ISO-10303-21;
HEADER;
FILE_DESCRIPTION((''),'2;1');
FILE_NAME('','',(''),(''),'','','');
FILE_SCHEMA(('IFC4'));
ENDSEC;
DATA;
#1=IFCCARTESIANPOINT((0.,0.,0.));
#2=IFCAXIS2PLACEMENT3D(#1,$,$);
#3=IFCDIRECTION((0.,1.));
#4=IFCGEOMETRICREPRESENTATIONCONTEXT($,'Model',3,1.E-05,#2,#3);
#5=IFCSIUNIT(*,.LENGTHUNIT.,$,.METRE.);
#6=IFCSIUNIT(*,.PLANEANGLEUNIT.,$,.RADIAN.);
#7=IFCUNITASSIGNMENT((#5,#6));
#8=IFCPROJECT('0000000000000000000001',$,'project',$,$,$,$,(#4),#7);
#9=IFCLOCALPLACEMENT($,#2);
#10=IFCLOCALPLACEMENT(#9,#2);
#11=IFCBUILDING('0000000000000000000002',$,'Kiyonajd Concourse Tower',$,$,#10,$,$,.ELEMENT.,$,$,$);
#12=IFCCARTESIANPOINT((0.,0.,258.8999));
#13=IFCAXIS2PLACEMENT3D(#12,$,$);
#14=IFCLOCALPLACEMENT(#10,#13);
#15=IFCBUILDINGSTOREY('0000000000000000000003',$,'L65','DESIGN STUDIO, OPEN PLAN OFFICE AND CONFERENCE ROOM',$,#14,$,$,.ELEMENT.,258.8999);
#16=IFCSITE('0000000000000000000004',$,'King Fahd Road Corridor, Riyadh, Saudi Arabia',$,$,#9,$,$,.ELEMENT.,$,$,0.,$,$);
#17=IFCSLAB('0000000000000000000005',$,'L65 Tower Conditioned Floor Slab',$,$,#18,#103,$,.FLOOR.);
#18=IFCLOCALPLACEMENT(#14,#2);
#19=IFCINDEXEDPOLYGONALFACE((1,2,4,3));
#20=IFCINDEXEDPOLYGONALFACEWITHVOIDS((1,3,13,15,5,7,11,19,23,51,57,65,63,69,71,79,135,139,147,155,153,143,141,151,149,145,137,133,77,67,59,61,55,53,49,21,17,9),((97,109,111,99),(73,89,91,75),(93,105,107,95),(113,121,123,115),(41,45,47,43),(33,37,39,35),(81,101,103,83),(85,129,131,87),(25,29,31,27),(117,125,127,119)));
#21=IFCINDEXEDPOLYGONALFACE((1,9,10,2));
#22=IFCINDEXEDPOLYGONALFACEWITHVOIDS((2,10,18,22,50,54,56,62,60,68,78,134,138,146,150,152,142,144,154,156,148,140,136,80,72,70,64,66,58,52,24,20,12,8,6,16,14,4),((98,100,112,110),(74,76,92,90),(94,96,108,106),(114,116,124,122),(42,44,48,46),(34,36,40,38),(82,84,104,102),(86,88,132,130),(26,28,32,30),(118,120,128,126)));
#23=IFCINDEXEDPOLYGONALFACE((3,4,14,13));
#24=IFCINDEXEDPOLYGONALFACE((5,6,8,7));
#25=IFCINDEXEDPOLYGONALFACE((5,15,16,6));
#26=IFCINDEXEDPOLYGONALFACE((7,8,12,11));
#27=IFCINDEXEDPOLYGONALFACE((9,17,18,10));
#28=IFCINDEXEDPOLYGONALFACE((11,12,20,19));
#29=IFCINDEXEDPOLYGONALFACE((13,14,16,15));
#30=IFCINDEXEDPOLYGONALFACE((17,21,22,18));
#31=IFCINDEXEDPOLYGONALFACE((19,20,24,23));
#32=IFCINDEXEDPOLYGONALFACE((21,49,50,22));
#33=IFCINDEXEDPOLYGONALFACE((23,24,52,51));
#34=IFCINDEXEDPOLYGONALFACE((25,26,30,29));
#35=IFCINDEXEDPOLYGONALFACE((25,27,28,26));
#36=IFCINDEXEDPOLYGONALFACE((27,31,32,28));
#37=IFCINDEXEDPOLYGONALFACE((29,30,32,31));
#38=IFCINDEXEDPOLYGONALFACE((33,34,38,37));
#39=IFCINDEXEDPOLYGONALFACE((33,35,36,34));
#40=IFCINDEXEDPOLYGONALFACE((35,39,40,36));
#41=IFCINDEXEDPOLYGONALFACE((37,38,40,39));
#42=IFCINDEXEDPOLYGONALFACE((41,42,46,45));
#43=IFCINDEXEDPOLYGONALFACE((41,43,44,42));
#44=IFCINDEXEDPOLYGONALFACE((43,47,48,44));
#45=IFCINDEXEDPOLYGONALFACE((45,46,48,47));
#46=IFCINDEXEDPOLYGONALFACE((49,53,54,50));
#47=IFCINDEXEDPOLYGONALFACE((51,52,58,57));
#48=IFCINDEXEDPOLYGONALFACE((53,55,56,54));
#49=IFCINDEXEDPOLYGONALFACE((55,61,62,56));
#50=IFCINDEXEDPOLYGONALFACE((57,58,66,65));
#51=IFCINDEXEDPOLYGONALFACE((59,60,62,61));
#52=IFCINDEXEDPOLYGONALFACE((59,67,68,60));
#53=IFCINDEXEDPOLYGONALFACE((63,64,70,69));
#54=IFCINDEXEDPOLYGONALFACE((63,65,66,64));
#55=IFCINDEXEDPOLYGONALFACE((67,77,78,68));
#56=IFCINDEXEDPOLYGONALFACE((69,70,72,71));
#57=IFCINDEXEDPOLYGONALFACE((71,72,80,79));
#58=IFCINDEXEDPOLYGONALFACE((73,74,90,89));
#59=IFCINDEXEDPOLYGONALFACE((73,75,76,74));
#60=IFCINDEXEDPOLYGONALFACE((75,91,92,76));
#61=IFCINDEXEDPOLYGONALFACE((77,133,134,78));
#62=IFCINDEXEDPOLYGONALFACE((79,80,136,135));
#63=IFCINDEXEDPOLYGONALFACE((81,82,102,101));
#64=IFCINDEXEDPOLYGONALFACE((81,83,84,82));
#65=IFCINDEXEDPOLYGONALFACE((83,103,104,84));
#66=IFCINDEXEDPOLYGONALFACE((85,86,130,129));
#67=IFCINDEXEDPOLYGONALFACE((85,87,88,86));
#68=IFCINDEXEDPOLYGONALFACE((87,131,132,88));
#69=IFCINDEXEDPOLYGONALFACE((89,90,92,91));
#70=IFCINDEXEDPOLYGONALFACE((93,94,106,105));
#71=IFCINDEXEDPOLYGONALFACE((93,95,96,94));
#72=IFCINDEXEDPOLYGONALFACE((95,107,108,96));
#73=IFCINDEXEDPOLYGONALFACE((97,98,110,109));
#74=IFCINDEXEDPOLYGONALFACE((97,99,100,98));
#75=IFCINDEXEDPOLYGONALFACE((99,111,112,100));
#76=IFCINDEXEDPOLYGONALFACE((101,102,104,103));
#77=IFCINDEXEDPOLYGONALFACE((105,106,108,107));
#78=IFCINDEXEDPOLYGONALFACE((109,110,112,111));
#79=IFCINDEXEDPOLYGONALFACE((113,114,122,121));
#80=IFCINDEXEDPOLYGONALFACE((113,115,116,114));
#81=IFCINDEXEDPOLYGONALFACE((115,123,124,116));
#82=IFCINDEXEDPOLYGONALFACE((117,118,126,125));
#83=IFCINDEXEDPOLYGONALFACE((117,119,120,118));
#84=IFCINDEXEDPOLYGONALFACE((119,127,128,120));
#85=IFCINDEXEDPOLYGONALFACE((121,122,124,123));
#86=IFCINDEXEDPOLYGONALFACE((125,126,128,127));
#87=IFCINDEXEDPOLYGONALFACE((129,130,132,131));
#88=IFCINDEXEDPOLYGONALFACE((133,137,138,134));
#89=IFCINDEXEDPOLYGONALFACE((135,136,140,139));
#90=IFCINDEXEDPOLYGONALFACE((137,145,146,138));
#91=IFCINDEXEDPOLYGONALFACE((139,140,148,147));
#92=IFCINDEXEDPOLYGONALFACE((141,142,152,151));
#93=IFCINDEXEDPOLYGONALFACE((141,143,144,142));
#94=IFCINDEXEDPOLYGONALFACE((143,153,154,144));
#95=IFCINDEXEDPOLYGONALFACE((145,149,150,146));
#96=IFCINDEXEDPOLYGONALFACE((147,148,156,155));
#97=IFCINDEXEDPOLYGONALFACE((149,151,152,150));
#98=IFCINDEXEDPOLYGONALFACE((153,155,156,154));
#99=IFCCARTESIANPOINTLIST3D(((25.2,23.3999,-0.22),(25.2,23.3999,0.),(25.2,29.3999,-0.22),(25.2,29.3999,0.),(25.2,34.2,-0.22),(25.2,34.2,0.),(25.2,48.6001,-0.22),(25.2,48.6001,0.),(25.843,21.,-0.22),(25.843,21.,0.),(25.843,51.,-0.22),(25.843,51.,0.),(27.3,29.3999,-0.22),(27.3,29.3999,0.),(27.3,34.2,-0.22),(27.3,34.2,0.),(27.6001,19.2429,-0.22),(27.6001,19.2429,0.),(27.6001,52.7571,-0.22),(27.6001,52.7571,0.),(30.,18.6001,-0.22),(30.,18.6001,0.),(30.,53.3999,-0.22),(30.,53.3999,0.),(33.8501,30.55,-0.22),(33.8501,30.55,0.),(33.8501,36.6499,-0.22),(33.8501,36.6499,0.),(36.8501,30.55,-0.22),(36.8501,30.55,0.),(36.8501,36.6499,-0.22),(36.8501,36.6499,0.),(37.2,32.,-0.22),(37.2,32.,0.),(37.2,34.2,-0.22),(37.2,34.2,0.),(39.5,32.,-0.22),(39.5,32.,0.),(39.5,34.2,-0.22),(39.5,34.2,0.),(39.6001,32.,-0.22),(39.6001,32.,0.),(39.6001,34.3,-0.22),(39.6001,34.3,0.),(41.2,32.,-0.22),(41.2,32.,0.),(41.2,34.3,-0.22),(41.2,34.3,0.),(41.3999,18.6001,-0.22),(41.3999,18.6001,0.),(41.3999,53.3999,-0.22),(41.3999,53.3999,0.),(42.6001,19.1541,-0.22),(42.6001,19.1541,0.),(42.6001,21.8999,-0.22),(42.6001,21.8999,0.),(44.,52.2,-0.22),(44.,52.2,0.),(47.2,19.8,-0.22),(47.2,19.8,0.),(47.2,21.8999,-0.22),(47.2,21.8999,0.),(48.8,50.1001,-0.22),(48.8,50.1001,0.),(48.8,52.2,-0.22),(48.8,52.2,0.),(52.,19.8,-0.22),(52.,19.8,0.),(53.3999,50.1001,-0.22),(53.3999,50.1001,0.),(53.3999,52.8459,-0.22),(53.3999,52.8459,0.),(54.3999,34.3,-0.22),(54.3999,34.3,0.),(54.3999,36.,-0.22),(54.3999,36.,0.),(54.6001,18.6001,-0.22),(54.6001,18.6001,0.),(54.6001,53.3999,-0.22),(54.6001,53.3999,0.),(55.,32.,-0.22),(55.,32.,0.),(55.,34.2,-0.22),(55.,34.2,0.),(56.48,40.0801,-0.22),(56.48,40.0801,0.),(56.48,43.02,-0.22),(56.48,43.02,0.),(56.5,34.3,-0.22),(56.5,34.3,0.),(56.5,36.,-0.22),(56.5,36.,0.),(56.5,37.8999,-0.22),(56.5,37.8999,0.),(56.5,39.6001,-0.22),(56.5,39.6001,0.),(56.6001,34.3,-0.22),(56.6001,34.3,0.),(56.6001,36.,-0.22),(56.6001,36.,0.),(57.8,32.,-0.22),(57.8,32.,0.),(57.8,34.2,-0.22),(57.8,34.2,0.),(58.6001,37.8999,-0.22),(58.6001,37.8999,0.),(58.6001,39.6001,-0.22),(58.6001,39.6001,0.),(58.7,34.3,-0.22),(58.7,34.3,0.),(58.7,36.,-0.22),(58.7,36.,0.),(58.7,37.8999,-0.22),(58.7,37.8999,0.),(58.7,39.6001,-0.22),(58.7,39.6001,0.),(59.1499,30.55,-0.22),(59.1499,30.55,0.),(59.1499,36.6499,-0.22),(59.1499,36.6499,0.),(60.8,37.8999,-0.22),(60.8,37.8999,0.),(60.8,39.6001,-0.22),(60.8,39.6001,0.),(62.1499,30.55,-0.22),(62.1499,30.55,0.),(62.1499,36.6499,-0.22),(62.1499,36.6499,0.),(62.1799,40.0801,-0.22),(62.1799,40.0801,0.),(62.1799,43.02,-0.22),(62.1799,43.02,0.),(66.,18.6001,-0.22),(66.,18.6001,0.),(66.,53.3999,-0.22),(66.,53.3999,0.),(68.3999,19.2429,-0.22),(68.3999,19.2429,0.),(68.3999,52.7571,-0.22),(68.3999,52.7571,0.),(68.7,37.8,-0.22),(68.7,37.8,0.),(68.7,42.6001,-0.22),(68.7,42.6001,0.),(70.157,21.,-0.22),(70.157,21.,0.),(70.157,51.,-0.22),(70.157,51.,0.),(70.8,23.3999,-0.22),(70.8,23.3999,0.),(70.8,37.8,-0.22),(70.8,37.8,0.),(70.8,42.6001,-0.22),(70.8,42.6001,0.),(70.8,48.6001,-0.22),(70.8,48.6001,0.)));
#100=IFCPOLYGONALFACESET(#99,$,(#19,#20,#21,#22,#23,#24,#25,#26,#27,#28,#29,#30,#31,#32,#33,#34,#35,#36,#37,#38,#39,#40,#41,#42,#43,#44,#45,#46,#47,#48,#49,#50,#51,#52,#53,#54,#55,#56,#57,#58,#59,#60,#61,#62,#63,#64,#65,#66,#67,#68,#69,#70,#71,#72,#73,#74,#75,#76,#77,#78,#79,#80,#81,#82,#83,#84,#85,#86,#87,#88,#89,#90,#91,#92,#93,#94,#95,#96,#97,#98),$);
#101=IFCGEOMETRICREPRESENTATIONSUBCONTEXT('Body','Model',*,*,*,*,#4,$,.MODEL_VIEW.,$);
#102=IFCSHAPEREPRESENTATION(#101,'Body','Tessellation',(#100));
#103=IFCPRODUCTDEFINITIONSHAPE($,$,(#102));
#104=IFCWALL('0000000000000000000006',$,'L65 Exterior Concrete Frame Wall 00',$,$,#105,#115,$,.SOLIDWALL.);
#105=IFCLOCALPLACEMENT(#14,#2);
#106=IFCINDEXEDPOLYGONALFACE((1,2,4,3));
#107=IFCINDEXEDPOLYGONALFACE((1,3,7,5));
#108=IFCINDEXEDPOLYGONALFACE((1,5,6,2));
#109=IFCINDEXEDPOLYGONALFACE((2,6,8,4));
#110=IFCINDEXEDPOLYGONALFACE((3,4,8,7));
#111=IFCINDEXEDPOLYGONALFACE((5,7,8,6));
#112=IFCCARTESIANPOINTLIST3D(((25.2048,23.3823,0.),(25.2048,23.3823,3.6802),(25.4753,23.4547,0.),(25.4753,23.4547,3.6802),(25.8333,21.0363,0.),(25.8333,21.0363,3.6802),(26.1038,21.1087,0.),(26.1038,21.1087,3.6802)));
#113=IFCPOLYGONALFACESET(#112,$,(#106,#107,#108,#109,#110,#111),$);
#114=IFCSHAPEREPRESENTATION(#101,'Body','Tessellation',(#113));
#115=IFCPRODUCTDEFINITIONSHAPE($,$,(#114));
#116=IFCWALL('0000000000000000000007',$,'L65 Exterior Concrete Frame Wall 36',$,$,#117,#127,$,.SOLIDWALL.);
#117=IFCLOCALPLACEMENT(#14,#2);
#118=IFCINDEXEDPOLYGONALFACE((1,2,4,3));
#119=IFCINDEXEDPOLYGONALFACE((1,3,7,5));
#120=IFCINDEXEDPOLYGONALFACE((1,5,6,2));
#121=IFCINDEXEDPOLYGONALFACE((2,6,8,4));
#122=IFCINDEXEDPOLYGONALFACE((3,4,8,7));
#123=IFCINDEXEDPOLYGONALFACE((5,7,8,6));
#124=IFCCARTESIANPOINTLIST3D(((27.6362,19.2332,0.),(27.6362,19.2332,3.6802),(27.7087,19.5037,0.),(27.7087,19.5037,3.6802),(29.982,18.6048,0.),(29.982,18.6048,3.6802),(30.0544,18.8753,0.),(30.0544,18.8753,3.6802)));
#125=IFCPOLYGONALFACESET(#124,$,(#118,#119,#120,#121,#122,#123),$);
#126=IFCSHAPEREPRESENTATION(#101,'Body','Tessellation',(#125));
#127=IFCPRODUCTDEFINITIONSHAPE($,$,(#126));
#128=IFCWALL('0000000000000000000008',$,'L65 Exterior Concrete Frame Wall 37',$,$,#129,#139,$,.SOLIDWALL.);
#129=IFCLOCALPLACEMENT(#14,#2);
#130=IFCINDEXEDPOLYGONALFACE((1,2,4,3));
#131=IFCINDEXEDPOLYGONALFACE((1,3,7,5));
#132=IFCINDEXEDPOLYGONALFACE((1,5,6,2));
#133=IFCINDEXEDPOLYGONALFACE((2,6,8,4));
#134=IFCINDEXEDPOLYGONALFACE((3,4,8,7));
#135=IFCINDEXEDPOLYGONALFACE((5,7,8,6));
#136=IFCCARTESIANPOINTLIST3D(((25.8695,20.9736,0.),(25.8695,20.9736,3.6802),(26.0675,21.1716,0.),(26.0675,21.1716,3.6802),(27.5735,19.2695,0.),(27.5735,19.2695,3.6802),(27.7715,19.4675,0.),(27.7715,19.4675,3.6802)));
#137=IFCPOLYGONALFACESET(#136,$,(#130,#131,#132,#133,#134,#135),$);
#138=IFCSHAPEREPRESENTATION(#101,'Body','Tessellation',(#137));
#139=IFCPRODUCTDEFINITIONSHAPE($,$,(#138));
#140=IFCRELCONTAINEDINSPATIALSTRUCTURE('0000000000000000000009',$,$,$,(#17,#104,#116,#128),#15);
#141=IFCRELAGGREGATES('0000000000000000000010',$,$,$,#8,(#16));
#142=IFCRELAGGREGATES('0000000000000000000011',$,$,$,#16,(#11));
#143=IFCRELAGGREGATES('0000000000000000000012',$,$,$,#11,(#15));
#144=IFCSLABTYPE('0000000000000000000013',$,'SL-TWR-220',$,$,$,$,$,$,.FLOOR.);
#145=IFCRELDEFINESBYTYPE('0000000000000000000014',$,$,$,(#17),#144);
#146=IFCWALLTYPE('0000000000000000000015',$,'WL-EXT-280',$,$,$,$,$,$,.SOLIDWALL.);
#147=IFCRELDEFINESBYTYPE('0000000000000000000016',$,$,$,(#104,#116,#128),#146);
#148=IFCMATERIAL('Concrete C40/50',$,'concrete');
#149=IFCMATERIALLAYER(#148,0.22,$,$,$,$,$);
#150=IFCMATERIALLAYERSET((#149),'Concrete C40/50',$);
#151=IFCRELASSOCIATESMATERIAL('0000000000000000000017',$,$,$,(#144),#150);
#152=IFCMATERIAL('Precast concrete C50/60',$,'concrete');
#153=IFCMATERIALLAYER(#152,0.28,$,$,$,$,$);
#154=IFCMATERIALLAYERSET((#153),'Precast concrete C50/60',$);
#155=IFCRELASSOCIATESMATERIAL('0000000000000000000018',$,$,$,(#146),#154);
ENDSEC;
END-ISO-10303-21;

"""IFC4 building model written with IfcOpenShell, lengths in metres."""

from ifc_helpers import new_model, si_unit, direction, frame, frame_2d, origin, place, context, subcontext, project, spatial, polyline, rectangle, outline, extrude, material, layer, layer_set, type_object, element, save


model = new_model("IFC4")

# Units and contexts
model_context = context("Model", 3, precision=1e-05, world=origin(), true_north=direction((0.0, 1.0)))
body_context = subcontext(model_context, "Body", "Model", "MODEL_VIEW")
ifc_project = project(units=[si_unit("LENGTHUNIT", "METRE"), si_unit("PLANEANGLEUNIT", "RADIAN")], contexts=[model_context])

# Site, building, storey
site_placement = place(None, origin())
site = spatial("IfcSite", under=ifc_project, at=site_placement, Name="King Fahd Road Corridor, Riyadh, Saudi Arabia", CompositionType="ELEMENT", RefElevation=0.0)
building_placement = place(site_placement, origin())
building = spatial("IfcBuilding", under=site, at=building_placement, Name="Kiyonajd Concourse Tower", CompositionType="ELEMENT")
storey_placement = place(building_placement, frame((0.0, 0.0, 258.8999)))
storey = spatial("IfcBuildingStorey", under=building, at=storey_placement, Name="L65", Description="DESIGN STUDIO, OPEN PLAN OFFICE AND CONFERENCE ROOM", CompositionType="ELEMENT", Elevation=258.8999)

# Shared definitions
ifc_material_1 = material(Name="Concrete C40/50", Category="concrete")

# Slab
ifc_material_2 = material(Name="Precast concrete C50/60", Category="concrete")
ifc_layer_1 = layer(ifc_material_1, 0.22)
ifc_layer_set_1 = layer_set([ifc_layer_1], Name="Concrete C40/50")
slab_type_1 = type_object("IfcSlabType", Name="SL-TWR-220", PredefinedType="FLOOR", material=ifc_layer_set_1)
slab_1_placement = place(storey_placement, frame((0.0, 0.0, -0.22)))
element("IfcSlab", 1, at=slab_1_placement, inside=storey, type_object=slab_type_1, Name="L65 Tower Conditioned Floor Slab", PredefinedType="FLOOR", context=body_context, shape_type="SweptSolid", body=[
    extrude(outline(polyline([(25.843, 21.0), (25.2, 23.3999), (25.2, 29.3999), (27.3, 29.3999), (27.3, 34.2), (25.2, 34.2), (25.2, 48.6001), (25.843, 51.0), (27.6001, 52.7571), (30.0, 53.3999), (41.3999, 53.3999), (44.0, 52.2), (48.8, 52.2), (48.8, 50.1001), (53.3999, 50.1001), (53.3999, 52.8459), (54.6001, 53.3999), (66.0, 53.3999), (68.3999, 52.7571), (70.157, 51.0), (70.8, 48.6001), (70.8, 42.6001), (68.7, 42.6001), (68.7, 37.8), (70.8, 37.8), (70.8, 23.3999), (70.157, 21.0), (68.3999, 19.2429), (66.0, 18.6001), (54.6001, 18.6001), (52.0, 19.8), (47.2, 19.8), (47.2, 21.8999), (42.6001, 21.8999), (42.6001, 19.1541), (41.3999, 18.6001), (30.0, 18.6001), (27.6001, 19.2429), (25.843, 21.0)]), holes=[polyline([(39.5, 32.0), (37.2, 32.0), (37.2, 34.2), (39.5, 34.2), (39.5, 32.0)]), polyline([(57.8, 32.0), (55.0, 32.0), (55.0, 34.2), (57.8, 34.2), (57.8, 32.0)]), polyline([(41.2, 32.0), (39.6001, 32.0), (39.6001, 34.3), (41.2, 34.3), (41.2, 32.0)]), polyline([(33.8501, 30.55), (33.8501, 36.6499), (36.8501, 36.6499), (36.8501, 30.55), (33.8501, 30.55)]), polyline([(59.1499, 30.55), (59.1499, 36.6499), (62.1499, 36.6499), (62.1499, 30.55), (59.1499, 30.55)]), polyline([(56.5, 34.3), (54.3999, 34.3), (54.3999, 36.0), (56.5, 36.0), (56.5, 34.3)]), polyline([(58.7, 34.3), (56.6001, 34.3), (56.6001, 36.0), (58.7, 36.0), (58.7, 34.3)]), polyline([(58.6001, 37.8999), (56.5, 37.8999), (56.5, 39.6001), (58.6001, 39.6001), (58.6001, 37.8999)]), polyline([(58.7, 37.8999), (58.7, 39.6001), (60.8, 39.6001), (60.8, 37.8999), (58.7, 37.8999)]), polyline([(56.48, 43.02), (62.1799, 43.02), (62.1799, 40.0801), (56.48, 40.0801), (56.48, 43.02)])]), origin(), (0.0, 0.0, 1.0), 0.22),
])

# Walls
ifc_layer_2 = layer(ifc_material_2, 0.28)
ifc_layer_set_2 = layer_set([ifc_layer_2], Name="Precast concrete C50/60")
wall_type = type_object("IfcWallType", Name="WL-EXT-280", PredefinedType="SOLIDWALL", material=ifc_layer_set_2)
wall_1_placement = place(storey_placement, frame((25.9685, 21.0725, 0.0), z_axis=(0.0, 0.0, 1.0), x_axis=(-0.258751, 0.965944, 0.0)))
element("IfcWall", 2, at=wall_1_placement, inside=storey, type_object=wall_type, Name="L65 Exterior Concrete Frame Wall 00", PredefinedType="SOLIDWALL", context=body_context, shape_type="SweptSolid", body=[
    extrude(rectangle(XDim=2.4287, YDim=0.28, at=frame_2d((1.2144, 0.0))), origin(), (0.0, 0.0, 1.0), 3.6802),
])
wall_2_placement = place(storey_placement, frame((30.0183, 18.74, 0.0), z_axis=(0.0, 0.0, 1.0), x_axis=(-0.965937, 0.258776, 0.0)))
element("IfcWall", 3, at=wall_2_placement, inside=storey, type_object=wall_type, Name="L65 Exterior Concrete Frame Wall 36", PredefinedType="SOLIDWALL", context=body_context, shape_type="SweptSolid", body=[
    extrude(rectangle(XDim=2.4285, YDim=0.28, at=frame_2d((1.2144, 0.0))), origin(), (0.0, 0.0, 1.0), 3.6802),
])
wall_3_placement = place(storey_placement, frame((27.6726, 19.3684, 0.0), z_axis=(0.0, 0.0, 1.0), x_axis=(-0.707107, 0.707107, 0.0)))
element("IfcWall", 4, at=wall_3_placement, inside=storey, type_object=wall_type, Name="L65 Exterior Concrete Frame Wall 37", PredefinedType="SOLIDWALL", context=body_context, shape_type="SweptSolid", body=[
    extrude(rectangle(XDim=2.4099, YDim=0.28, at=frame_2d((1.2051, 0.0))), origin(), (0.0, 0.0, 1.0), 3.6802),
])

save(model, "model.ifc")
